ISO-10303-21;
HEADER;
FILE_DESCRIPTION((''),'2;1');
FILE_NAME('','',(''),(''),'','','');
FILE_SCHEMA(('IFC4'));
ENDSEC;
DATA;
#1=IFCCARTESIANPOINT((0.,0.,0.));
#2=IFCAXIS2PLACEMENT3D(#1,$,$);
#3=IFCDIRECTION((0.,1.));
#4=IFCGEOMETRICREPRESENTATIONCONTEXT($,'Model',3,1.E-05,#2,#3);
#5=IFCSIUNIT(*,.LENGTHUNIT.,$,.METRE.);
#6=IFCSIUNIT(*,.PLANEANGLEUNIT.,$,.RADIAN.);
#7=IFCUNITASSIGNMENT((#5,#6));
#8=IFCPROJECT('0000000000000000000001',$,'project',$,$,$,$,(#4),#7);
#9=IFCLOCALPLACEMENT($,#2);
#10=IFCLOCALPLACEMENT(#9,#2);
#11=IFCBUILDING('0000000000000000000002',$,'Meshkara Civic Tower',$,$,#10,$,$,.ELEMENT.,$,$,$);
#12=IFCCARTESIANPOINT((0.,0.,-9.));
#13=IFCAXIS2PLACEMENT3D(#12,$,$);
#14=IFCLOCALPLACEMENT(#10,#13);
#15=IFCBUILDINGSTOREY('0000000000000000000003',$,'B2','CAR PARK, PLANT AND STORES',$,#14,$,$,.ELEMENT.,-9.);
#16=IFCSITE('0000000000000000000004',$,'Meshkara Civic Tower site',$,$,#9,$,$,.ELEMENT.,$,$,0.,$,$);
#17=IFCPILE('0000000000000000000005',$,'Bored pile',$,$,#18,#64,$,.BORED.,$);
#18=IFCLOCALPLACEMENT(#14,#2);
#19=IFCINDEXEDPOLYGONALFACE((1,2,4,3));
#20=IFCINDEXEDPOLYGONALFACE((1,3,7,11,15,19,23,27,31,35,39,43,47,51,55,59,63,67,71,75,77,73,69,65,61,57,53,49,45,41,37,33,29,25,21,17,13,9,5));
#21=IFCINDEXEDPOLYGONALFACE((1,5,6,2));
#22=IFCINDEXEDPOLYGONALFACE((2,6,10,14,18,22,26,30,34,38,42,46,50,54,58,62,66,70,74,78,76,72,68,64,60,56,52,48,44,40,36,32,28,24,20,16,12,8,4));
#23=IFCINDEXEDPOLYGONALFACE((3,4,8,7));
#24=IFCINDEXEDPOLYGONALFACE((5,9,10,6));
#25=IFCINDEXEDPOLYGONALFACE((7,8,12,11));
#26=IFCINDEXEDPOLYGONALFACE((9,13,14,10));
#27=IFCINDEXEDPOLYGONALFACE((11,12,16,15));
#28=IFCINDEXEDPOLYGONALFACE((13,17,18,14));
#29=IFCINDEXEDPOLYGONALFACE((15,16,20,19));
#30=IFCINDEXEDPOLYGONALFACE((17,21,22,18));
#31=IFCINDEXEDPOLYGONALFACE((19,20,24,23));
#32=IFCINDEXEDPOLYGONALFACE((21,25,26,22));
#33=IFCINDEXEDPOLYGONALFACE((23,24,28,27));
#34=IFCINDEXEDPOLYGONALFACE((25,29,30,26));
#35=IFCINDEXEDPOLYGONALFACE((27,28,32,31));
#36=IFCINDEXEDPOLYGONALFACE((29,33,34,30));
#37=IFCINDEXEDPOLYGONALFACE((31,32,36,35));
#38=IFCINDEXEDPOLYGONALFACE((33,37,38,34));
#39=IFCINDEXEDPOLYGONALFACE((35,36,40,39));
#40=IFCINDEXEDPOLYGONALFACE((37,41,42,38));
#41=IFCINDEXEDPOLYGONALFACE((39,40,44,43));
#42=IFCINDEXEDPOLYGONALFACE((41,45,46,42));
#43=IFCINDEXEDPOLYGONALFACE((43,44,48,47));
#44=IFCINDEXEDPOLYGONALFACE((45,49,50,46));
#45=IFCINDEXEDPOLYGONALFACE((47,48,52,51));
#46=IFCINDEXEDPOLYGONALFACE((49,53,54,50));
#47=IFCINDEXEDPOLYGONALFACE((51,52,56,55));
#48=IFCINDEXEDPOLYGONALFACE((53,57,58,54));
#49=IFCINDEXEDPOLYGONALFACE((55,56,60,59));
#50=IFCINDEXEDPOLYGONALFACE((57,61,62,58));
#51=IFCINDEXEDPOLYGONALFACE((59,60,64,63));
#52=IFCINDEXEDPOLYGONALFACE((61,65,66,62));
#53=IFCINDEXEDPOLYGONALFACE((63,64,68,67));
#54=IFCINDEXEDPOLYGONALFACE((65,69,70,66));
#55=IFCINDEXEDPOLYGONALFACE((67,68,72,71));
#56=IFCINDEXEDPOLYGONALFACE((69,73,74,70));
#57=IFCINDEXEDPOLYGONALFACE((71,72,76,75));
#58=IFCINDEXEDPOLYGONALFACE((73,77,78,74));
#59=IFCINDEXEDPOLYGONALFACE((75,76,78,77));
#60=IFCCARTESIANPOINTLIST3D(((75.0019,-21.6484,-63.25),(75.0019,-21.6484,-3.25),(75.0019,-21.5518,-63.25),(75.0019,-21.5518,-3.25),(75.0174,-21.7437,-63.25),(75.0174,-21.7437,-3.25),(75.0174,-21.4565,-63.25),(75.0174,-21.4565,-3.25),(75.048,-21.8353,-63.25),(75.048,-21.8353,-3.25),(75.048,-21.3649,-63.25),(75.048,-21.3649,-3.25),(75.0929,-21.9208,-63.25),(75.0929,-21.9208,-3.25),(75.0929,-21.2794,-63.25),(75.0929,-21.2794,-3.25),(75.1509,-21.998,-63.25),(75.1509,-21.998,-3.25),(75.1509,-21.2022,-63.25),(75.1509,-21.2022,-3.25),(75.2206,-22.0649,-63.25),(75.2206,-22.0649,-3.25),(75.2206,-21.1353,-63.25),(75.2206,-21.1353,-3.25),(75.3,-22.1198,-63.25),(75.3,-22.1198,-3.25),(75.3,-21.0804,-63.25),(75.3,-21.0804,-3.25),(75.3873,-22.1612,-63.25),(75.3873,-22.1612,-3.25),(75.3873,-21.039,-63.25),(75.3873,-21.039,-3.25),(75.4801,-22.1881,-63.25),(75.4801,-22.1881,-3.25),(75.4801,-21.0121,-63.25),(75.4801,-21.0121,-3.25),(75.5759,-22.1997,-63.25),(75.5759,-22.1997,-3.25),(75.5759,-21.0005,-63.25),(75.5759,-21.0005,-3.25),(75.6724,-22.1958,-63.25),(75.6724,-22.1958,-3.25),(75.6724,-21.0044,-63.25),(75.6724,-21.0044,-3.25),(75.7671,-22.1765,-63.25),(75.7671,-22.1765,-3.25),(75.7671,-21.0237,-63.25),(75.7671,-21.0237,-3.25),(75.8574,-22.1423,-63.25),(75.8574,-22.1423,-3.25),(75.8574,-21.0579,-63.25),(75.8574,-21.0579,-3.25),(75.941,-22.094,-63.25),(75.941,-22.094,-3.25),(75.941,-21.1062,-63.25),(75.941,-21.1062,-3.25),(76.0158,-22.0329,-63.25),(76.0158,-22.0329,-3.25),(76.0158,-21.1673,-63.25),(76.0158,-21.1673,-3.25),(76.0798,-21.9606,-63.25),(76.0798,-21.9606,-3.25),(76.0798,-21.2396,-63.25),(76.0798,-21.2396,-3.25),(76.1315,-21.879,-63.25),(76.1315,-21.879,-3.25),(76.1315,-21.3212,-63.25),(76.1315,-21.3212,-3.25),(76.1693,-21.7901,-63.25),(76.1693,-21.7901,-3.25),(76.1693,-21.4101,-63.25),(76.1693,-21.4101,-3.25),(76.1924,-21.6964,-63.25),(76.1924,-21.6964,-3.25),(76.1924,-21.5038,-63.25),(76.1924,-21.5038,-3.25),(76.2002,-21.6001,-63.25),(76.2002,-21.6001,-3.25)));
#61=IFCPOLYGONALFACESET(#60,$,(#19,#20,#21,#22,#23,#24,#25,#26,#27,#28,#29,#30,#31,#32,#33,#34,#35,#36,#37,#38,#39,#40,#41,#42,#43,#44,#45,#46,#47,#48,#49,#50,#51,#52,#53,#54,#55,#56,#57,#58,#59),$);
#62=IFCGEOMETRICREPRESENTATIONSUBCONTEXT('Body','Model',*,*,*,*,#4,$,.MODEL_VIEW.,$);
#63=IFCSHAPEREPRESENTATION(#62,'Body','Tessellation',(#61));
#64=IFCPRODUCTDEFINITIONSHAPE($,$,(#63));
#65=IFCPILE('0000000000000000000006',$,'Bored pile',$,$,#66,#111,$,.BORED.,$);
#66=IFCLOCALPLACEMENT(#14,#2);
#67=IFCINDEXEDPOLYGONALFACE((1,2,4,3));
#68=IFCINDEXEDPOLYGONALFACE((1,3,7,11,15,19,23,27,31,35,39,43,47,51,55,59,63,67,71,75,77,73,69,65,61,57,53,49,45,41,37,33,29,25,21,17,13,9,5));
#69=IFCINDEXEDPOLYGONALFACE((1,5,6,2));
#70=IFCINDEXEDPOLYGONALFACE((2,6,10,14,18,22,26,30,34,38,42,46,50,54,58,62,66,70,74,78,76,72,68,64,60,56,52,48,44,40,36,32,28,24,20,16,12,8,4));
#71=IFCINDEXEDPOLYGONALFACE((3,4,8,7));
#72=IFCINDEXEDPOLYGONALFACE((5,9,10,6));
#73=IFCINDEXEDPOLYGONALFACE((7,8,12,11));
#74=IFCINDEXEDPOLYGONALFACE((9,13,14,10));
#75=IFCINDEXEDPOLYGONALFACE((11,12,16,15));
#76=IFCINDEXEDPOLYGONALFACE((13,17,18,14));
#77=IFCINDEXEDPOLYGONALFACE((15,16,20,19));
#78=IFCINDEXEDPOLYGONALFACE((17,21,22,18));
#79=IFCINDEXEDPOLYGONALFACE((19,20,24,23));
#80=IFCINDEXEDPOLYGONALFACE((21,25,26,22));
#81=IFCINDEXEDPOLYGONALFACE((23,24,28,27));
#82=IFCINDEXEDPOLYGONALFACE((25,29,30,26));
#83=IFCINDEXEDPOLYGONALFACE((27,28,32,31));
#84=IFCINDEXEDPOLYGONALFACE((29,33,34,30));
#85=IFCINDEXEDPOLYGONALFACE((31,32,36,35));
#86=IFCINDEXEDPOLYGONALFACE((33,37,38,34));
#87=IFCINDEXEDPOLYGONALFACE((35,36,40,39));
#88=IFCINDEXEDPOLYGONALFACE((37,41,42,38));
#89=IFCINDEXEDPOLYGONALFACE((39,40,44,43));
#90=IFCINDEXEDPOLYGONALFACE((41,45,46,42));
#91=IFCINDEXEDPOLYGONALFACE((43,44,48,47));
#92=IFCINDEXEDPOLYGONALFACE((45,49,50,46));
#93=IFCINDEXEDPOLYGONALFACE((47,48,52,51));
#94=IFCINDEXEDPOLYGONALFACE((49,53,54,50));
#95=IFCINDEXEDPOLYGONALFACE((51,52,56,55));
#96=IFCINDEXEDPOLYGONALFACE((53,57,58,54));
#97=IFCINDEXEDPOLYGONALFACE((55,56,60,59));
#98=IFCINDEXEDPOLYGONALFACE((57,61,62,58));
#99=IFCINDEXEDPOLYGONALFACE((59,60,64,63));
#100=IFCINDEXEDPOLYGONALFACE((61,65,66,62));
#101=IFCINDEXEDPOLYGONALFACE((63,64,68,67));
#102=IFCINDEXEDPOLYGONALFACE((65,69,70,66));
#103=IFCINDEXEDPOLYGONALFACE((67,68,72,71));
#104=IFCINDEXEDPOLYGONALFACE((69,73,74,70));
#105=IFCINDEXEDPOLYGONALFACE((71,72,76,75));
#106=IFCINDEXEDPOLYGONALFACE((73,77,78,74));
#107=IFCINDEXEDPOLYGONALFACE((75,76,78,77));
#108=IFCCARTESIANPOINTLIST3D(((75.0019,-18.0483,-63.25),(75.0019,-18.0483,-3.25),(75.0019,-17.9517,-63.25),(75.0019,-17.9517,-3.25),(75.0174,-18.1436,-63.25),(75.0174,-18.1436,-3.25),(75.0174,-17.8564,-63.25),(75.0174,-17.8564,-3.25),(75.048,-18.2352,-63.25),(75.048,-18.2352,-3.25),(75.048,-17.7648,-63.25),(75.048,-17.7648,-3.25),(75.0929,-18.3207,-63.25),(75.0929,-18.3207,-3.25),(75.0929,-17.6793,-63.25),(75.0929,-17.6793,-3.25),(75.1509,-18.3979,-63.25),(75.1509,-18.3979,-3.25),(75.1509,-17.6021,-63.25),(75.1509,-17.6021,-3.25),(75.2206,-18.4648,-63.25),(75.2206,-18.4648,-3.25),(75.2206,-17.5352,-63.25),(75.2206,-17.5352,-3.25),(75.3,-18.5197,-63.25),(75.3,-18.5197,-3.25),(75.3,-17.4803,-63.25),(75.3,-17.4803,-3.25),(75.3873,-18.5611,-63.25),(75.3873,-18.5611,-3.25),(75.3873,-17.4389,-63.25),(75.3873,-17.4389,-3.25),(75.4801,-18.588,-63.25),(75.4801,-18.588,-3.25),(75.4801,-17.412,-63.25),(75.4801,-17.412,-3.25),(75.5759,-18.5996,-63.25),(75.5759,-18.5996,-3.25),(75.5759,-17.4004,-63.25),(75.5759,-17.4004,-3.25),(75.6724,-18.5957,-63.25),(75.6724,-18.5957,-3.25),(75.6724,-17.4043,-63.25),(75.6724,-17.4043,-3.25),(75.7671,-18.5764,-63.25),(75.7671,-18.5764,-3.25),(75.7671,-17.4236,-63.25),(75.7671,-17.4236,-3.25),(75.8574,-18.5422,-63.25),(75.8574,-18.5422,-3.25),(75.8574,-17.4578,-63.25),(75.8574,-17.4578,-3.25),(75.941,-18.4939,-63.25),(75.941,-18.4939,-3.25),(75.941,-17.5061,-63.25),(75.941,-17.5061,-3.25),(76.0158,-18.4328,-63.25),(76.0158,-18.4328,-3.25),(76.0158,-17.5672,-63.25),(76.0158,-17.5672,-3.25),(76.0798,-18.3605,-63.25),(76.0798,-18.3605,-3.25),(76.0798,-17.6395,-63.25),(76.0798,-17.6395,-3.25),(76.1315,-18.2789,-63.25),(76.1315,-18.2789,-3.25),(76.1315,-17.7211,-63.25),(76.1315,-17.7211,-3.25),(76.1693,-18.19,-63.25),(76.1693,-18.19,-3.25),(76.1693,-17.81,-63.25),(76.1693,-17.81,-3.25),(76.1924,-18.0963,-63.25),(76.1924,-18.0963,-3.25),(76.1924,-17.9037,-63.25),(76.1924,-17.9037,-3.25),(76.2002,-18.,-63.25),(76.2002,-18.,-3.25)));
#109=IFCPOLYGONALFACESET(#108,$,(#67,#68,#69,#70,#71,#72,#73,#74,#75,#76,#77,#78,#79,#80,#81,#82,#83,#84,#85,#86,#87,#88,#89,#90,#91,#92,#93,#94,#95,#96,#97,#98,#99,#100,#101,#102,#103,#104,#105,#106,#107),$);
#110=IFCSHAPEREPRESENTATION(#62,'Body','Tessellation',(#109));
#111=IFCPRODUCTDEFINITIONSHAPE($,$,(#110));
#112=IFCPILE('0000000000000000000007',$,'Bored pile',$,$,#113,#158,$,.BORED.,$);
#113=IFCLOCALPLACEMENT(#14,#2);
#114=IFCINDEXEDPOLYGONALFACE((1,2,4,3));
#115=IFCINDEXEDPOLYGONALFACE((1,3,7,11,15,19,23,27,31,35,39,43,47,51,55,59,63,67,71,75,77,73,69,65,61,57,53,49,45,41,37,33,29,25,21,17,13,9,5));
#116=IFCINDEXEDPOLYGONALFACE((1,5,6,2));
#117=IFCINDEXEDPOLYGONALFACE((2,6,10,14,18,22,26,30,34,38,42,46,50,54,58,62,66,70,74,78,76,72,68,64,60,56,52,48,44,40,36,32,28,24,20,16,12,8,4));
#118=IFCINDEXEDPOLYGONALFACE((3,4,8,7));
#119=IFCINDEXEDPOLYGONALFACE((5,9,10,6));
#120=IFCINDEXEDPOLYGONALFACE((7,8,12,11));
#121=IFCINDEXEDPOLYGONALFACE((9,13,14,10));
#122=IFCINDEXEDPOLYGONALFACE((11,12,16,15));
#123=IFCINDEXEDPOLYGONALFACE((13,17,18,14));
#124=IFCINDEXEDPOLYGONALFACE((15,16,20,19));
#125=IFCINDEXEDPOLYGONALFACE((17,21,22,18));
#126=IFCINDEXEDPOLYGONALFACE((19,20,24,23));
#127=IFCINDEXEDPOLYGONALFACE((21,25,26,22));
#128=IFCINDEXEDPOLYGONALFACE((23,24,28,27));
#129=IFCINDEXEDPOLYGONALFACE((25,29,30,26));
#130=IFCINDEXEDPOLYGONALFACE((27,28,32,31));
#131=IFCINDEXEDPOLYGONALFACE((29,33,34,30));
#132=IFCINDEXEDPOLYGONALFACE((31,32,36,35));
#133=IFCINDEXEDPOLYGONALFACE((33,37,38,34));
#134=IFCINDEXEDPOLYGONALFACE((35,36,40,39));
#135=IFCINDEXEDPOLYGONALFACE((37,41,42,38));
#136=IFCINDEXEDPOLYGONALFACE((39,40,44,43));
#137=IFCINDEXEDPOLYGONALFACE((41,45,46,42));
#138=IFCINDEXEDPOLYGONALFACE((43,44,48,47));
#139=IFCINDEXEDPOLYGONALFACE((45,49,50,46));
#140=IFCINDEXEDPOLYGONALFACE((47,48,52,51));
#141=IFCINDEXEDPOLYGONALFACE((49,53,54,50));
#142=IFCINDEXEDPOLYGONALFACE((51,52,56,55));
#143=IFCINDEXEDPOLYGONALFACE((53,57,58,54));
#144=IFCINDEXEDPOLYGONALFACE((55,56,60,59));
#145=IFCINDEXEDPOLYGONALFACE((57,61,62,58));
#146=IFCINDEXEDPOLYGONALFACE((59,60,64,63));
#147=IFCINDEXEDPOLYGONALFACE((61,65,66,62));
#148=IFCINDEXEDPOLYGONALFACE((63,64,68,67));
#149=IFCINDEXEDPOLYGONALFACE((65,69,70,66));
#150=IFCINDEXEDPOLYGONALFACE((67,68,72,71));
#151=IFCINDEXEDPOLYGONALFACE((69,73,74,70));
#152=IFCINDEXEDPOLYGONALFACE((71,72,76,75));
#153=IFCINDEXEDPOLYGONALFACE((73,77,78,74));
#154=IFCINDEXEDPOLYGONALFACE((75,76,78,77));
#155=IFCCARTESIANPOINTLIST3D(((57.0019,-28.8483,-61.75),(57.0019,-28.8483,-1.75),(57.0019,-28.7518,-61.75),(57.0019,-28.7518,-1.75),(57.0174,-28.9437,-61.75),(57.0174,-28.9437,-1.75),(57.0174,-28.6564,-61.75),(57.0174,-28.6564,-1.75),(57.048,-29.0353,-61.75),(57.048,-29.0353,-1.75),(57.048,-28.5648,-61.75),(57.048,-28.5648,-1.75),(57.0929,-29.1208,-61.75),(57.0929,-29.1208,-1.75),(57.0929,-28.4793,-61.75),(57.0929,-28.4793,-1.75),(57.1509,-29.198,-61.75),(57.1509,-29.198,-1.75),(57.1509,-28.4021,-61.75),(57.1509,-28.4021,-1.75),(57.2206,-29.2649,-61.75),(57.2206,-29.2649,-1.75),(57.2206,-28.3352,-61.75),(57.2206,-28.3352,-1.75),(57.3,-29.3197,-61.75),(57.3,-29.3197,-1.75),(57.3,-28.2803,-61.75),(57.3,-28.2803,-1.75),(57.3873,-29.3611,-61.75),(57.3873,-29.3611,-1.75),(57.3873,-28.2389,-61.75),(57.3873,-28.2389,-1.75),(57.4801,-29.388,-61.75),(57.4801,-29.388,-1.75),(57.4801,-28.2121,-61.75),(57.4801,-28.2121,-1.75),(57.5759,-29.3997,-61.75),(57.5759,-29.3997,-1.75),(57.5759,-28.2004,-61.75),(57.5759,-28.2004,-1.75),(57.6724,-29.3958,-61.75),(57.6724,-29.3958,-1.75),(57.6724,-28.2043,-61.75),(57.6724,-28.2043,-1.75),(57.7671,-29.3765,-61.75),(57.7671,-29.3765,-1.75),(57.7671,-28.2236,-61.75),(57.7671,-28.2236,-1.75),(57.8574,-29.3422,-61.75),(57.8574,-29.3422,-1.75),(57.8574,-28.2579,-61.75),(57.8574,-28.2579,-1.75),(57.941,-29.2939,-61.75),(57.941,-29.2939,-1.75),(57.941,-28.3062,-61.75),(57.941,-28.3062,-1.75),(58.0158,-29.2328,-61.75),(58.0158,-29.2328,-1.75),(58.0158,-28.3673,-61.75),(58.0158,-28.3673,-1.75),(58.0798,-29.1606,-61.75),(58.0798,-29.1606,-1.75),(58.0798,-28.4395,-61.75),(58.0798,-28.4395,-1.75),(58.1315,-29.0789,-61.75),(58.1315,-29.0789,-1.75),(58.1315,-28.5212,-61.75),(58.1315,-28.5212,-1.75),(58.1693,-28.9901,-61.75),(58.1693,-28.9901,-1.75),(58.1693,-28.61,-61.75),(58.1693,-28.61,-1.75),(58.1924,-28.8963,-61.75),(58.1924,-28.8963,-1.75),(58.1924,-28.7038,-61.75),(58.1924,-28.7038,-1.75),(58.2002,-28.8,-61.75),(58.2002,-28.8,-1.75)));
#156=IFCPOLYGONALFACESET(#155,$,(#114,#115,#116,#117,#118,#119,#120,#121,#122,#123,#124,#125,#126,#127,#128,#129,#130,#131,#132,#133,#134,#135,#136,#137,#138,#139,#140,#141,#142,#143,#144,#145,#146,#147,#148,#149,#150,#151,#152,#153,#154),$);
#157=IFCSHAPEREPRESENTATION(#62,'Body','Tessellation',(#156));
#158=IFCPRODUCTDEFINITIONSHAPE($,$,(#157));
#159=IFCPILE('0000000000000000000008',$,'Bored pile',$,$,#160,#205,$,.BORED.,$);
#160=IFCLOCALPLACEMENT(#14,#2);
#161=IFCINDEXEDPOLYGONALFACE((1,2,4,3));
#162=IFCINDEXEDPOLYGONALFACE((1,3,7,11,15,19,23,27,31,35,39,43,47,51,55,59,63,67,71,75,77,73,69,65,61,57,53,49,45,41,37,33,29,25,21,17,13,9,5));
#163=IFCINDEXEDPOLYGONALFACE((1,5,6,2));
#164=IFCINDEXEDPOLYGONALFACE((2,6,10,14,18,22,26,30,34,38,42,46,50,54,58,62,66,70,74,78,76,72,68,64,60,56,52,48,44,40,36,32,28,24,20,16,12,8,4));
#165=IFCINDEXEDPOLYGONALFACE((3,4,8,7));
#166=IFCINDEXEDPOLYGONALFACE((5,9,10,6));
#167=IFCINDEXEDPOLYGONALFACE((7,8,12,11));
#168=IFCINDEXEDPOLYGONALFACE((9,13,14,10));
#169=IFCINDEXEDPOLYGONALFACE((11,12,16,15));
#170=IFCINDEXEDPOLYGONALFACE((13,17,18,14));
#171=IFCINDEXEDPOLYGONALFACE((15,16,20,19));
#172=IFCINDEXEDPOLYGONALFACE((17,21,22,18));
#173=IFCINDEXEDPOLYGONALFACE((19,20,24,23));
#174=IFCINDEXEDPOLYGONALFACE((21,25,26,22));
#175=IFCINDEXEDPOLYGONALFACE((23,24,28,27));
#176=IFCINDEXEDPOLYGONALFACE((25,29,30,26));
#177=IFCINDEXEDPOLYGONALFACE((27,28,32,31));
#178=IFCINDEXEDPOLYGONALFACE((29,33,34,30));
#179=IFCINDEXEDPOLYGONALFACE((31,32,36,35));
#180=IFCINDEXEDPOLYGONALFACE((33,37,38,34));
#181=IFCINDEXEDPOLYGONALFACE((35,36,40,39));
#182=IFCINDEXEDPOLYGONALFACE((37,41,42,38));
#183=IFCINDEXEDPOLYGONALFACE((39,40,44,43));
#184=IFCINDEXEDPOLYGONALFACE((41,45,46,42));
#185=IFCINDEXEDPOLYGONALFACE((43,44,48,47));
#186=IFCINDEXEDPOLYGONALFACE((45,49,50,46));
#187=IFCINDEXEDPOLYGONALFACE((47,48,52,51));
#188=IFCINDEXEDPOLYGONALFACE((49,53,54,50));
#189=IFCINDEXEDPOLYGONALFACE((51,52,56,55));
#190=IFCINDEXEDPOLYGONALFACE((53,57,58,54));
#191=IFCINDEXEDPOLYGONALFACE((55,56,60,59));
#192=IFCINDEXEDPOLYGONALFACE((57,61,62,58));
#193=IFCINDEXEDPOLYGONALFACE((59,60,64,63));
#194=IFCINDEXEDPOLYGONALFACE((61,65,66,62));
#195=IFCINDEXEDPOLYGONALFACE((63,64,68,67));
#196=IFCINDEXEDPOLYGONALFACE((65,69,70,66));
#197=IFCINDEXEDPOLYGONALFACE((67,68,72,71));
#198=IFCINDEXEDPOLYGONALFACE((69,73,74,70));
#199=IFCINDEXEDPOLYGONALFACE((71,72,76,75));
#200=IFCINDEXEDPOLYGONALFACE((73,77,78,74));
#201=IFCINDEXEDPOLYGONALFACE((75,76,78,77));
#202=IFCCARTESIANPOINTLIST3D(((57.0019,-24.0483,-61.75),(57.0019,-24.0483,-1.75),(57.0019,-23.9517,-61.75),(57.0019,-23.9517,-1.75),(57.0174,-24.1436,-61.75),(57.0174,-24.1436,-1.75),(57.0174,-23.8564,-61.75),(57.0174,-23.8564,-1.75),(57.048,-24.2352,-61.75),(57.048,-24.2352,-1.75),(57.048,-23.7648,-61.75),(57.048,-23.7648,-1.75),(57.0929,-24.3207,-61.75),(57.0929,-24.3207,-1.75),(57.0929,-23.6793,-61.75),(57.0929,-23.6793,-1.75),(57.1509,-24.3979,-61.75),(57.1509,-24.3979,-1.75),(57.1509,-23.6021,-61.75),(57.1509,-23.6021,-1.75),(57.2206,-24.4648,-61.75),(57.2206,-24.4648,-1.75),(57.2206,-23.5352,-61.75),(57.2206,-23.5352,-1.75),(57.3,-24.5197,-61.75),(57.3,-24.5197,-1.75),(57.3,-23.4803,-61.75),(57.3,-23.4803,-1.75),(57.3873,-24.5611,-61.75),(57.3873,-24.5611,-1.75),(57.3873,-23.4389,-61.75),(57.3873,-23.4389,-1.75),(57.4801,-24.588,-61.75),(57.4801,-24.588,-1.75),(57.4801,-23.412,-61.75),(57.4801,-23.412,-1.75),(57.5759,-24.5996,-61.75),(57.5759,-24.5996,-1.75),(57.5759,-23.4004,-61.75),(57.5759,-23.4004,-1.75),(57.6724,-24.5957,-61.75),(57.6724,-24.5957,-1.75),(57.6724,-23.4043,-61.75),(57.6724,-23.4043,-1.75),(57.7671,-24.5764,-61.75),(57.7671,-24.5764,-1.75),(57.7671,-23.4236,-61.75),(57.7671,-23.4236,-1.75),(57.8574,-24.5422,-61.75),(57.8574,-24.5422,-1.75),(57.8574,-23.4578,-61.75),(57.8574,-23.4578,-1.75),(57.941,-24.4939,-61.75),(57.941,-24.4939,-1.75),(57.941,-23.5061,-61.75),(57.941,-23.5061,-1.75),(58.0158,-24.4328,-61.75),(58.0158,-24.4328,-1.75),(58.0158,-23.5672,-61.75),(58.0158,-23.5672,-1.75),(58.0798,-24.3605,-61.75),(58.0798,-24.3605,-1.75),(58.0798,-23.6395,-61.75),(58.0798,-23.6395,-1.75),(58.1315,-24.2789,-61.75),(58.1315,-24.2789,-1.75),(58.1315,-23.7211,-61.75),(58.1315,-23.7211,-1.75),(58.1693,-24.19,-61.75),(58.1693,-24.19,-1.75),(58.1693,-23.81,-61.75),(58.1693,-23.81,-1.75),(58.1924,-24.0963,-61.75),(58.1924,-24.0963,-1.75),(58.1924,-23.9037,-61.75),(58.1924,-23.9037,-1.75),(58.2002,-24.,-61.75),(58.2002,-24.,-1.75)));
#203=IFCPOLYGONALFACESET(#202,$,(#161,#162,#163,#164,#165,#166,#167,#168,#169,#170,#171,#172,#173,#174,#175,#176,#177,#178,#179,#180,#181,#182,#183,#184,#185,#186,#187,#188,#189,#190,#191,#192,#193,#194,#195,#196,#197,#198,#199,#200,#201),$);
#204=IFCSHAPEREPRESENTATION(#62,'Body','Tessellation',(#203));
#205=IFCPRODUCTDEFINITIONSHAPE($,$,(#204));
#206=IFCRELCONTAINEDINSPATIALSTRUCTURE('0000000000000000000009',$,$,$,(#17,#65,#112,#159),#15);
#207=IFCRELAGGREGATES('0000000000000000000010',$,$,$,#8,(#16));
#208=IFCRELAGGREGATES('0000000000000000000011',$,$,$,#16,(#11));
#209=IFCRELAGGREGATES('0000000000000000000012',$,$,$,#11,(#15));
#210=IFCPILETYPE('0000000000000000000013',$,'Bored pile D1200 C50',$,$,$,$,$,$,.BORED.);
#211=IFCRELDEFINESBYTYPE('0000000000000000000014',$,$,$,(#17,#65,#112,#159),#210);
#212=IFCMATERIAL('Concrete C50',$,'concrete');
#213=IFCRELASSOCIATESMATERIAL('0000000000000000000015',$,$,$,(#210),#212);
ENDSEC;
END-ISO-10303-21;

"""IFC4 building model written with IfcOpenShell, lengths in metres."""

from ifc_helpers import new_model, si_unit, direction, frame, origin, origin_2d, place, context, subcontext, project, spatial, circle, extrude, material, material_profile, profile_set, type_object, element, save


model = new_model("IFC4")

# Units and contexts
model_context = context("Model", 3, precision=1e-05, world=origin(), true_north=direction((0.0, 1.0)))
body_context = subcontext(model_context, "Body", "Model", "MODEL_VIEW")
ifc_project = project(units=[si_unit("LENGTHUNIT", "METRE"), si_unit("PLANEANGLEUNIT", "RADIAN")], contexts=[model_context])

# Site, building, storey
site_placement = place(None, origin())
site = spatial("IfcSite", under=ifc_project, at=site_placement, Name="Meshkara Civic Tower site", CompositionType="ELEMENT", RefElevation=0.0)
building_placement = place(site_placement, origin())
building = spatial("IfcBuilding", under=site, at=building_placement, Name="Meshkara Civic Tower", CompositionType="ELEMENT")
storey_placement = place(building_placement, frame((0.0, 0.0, -9.0)))
storey = spatial("IfcBuildingStorey", under=building, at=storey_placement, Name="B2", Description="CAR PARK, PLANT AND STORES", CompositionType="ELEMENT", Elevation=-9.0)

# Piles
ifc_material_1 = material(Name="Concrete C50", Category="concrete")
ifc_material_profile_1 = material_profile(ifc_material_1, circle(Radius=0.6001, at=origin_2d()))
ifc_profile_set_1 = profile_set([ifc_material_profile_1], Name="Concrete C50")
pile_type = type_object("IfcPileType", Name="Bored pile D1200 C50", PredefinedType="BORED", material=ifc_profile_set_1)
for number, where, z_axis, x_axis, name in (
    (1, (75.6001, -21.6001, -3.25), (0.0, 0.0, -1.0), (1.0, 0.0, 0.0), "Bored pile"),
    (2, (75.6001, -18.0, -3.25), (0.0, 0.0, -1.0), (1.0, 0.0, 0.0), "Bored pile"),
    (3, (57.6001, -28.8, -1.75), (0.0, 0.0, -1.0), (1.0, 0.0, 0.0), "Bored pile"),
    (4, (57.6001, -24.0, -1.75), (0.0, 0.0, -1.0), (1.0, 0.0, 0.0), "Bored pile"),
):
    element("IfcPile", number, at=place(storey_placement, frame(where, z_axis=z_axis, x_axis=x_axis)), inside=storey, type_object=pile_type, Name=name, PredefinedType="BORED", context=body_context, shape_type="SweptSolid", body=[
        extrude(circle(Radius=0.6001, at=origin_2d()), origin(), (0.0, 0.0, 1.0), 60.0),
    ])

save(model, "model.ifc")
